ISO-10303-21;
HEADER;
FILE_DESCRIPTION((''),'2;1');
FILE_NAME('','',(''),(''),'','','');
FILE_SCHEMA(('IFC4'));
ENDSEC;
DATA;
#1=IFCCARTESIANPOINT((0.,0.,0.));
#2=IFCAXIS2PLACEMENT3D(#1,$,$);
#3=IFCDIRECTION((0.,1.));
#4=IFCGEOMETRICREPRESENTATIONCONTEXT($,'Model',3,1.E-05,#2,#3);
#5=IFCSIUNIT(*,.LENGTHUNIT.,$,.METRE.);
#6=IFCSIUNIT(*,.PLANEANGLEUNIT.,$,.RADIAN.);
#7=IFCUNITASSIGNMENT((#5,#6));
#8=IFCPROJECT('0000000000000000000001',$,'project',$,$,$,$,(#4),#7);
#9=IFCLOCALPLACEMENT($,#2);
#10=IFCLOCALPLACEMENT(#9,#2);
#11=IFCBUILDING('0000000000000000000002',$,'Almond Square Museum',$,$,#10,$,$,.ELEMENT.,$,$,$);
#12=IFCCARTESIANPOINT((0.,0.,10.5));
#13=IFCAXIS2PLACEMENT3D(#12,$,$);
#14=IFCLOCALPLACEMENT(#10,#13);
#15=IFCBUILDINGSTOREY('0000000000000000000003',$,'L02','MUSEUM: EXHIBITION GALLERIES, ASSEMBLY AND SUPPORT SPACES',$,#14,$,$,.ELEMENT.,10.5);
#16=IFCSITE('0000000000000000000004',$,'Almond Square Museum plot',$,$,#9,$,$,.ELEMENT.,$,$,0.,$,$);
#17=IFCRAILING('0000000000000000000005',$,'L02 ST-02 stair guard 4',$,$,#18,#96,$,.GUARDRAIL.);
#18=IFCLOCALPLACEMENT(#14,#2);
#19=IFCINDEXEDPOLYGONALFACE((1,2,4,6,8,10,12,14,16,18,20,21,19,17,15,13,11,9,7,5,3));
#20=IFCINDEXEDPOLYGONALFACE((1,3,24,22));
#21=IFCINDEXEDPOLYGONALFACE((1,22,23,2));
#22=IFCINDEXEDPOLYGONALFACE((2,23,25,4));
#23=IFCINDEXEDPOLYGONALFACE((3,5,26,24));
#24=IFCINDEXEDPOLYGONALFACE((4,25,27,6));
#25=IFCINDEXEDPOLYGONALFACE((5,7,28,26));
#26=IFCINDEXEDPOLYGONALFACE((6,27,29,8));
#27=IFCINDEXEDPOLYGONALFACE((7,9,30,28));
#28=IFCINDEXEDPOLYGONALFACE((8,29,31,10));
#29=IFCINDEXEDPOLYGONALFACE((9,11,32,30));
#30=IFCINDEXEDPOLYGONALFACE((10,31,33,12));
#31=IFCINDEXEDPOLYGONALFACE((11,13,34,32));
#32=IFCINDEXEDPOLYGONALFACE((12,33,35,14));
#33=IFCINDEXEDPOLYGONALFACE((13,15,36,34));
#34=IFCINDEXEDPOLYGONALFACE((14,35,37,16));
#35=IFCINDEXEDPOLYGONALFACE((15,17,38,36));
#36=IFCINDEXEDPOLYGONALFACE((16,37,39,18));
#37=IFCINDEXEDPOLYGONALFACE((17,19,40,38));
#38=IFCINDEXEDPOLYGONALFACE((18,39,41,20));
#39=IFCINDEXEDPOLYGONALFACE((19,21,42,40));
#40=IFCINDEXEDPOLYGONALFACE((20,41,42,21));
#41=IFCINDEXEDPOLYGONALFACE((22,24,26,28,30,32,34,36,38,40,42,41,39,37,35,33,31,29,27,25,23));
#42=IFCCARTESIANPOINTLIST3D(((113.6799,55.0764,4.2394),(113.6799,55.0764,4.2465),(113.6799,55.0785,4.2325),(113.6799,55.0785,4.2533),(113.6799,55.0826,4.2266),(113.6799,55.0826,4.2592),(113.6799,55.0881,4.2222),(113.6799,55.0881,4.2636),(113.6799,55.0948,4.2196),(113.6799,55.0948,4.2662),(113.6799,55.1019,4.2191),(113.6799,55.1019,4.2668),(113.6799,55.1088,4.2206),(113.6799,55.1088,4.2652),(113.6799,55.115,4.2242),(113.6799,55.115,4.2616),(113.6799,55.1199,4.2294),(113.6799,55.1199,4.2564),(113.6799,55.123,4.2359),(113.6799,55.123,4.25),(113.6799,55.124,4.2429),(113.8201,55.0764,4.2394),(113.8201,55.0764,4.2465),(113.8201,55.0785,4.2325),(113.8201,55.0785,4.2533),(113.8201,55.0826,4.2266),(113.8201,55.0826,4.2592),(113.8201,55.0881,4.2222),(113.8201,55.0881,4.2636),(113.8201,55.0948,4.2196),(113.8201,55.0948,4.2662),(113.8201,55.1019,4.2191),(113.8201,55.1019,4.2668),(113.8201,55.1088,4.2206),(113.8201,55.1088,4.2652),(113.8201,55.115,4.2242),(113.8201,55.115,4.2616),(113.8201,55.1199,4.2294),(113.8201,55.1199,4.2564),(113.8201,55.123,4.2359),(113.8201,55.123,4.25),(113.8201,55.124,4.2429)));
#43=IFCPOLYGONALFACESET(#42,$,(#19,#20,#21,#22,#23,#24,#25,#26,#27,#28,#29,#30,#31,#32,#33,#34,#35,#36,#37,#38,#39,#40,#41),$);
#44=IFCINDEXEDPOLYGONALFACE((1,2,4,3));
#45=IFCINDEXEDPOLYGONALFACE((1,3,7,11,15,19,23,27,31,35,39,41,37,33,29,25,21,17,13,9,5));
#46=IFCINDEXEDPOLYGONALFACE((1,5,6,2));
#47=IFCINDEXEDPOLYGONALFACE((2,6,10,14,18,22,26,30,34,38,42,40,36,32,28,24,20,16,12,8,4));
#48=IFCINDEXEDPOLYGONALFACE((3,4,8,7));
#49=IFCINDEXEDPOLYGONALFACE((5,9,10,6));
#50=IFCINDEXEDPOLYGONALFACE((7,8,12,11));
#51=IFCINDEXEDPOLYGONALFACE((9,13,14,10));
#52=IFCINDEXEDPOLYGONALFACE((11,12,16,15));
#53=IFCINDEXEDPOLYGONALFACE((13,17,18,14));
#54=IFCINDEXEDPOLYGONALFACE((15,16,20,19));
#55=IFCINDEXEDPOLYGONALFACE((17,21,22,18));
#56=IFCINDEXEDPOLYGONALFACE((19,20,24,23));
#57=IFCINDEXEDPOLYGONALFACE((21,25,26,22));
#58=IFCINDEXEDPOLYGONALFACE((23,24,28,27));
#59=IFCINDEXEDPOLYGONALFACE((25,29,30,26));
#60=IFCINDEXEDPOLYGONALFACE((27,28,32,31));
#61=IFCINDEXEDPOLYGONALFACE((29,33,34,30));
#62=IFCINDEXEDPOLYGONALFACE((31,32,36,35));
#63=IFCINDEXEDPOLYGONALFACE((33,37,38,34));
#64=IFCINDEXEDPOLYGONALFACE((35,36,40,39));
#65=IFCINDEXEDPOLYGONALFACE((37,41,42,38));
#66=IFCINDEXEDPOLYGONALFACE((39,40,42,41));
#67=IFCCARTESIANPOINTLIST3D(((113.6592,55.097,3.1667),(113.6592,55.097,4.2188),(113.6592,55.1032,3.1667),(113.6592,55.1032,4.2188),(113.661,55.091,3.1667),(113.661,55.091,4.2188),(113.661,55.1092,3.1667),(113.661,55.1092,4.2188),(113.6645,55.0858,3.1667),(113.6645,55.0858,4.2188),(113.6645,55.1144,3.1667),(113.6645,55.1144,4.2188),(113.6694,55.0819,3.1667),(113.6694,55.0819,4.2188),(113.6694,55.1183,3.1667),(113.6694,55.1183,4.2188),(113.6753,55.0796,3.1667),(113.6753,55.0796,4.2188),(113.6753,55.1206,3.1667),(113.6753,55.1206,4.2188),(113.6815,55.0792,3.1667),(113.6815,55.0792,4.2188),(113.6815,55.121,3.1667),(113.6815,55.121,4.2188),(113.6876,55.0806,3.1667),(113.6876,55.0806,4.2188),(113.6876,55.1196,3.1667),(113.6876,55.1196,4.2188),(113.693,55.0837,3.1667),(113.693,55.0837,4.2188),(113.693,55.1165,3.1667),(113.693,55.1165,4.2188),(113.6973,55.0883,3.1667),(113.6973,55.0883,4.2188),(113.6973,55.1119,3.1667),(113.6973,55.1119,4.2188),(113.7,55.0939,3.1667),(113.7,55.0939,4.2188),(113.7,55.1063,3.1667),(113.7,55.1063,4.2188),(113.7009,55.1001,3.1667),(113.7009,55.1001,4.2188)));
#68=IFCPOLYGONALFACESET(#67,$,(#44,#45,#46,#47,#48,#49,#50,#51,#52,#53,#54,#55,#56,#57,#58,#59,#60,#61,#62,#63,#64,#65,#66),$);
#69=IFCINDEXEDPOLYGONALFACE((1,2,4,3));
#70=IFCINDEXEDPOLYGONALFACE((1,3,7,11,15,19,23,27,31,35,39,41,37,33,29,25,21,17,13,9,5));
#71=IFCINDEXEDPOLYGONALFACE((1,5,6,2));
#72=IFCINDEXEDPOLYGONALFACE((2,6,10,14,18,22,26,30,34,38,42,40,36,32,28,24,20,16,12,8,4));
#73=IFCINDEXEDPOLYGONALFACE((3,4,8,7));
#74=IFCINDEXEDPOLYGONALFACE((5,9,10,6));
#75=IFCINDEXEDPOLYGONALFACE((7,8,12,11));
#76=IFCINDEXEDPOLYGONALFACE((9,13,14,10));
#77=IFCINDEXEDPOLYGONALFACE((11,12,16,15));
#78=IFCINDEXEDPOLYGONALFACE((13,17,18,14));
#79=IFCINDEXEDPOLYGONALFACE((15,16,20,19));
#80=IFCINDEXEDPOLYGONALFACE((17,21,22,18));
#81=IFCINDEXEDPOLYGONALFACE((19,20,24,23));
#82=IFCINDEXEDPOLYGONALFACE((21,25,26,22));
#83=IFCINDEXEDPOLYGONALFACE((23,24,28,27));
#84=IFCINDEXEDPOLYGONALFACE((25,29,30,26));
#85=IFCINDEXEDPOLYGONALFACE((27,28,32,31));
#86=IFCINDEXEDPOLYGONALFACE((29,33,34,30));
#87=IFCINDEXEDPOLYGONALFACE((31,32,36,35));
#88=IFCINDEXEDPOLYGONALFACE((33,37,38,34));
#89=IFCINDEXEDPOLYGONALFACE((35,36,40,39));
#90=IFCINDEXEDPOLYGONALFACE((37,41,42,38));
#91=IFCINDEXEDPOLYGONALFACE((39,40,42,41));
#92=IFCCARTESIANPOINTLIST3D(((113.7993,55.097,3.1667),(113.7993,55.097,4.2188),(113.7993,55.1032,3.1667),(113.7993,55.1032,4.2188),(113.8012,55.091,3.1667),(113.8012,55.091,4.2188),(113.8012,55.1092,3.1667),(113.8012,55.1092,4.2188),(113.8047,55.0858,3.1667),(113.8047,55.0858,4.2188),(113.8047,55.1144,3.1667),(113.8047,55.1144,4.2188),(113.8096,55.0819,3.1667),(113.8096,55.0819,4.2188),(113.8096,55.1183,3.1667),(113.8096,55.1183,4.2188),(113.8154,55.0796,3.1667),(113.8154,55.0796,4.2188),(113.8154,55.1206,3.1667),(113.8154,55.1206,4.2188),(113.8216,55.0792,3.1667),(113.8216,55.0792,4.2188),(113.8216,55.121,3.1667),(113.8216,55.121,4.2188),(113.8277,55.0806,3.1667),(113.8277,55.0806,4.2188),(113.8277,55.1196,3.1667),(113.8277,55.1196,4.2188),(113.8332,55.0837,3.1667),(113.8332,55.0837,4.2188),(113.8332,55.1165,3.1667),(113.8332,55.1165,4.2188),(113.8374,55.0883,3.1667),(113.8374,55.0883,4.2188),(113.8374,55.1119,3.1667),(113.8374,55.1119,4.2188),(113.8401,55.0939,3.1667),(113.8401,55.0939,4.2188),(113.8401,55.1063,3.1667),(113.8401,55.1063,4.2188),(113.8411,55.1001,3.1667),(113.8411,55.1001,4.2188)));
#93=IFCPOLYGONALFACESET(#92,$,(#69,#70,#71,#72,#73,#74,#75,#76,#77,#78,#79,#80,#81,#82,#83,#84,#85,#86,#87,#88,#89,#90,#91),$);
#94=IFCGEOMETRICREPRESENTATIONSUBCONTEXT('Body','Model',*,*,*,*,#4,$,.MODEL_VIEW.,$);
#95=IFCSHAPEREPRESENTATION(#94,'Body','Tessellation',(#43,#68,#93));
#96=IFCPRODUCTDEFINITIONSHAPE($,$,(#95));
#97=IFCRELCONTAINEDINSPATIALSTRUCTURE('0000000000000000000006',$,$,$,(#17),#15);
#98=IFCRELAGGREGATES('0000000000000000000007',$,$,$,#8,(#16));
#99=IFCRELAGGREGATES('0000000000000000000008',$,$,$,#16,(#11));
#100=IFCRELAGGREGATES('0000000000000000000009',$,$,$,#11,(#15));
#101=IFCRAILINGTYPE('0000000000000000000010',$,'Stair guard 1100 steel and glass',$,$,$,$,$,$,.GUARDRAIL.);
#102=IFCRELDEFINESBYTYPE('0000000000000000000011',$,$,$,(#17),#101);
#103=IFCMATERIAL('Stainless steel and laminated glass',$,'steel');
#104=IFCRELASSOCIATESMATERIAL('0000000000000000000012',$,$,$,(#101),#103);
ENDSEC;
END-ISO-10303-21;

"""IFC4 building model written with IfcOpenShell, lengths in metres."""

from ifc_helpers import new_model, si_unit, direction, frame, origin, origin_2d, place, context, subcontext, project, spatial, circle, extrude, material, type_object, element, save


model = new_model("IFC4")

# Units and contexts
model_context = context("Model", 3, precision=1e-05, world=origin(), true_north=direction((0.0, 1.0)))
body_context = subcontext(model_context, "Body", "Model", "MODEL_VIEW")
ifc_project = project(units=[si_unit("LENGTHUNIT", "METRE"), si_unit("PLANEANGLEUNIT", "RADIAN")], contexts=[model_context])

# Site, building, storey
site_placement = place(None, origin())
site = spatial("IfcSite", under=ifc_project, at=site_placement, Name="Almond Square Museum plot", CompositionType="ELEMENT", RefElevation=0.0)
building_placement = place(site_placement, origin())
building = spatial("IfcBuilding", under=site, at=building_placement, Name="Almond Square Museum", CompositionType="ELEMENT")
storey_placement = place(building_placement, frame((0.0, 0.0, 10.5)))
storey = spatial("IfcBuildingStorey", under=building, at=storey_placement, Name="L02", Description="MUSEUM: EXHIBITION GALLERIES, ASSEMBLY AND SUPPORT SPACES", CompositionType="ELEMENT", Elevation=10.5)

# Railing
ifc_material_1 = material(Name="Stainless steel and laminated glass", Category="steel")
railing_type_1 = type_object("IfcRailingType", Name="Stair guard 1100 steel and glass", PredefinedType="GUARDRAIL", material=ifc_material_1)
railing_1_placement = place(storey_placement, frame((113.6799, 55.1001, 3.1667)))
element("IfcRailing", 1, at=railing_1_placement, inside=storey, type_object=railing_type_1, Name="L02 ST-02 stair guard 4", PredefinedType="GUARDRAIL", context=body_context, shape_type="SweptSolid", body=[
    extrude(circle(Radius=0.0239, at=origin_2d()), frame((0.0, 0.0, 1.0762), z_axis=(1.0, 0.0, 0.0), x_axis=(0.0, 1.0, 0.0)), (0.0, 0.0, 1.0), 0.1401),
    extrude(circle(Radius=0.021, at=origin_2d()), origin(), (0.0, 0.0, 1.0), 1.052),
    extrude(circle(Radius=0.021, at=origin_2d()), frame((0.1401, 0.0, 0.0)), (0.0, 0.0, 1.0), 1.052),
])

save(model, "model.ifc")
